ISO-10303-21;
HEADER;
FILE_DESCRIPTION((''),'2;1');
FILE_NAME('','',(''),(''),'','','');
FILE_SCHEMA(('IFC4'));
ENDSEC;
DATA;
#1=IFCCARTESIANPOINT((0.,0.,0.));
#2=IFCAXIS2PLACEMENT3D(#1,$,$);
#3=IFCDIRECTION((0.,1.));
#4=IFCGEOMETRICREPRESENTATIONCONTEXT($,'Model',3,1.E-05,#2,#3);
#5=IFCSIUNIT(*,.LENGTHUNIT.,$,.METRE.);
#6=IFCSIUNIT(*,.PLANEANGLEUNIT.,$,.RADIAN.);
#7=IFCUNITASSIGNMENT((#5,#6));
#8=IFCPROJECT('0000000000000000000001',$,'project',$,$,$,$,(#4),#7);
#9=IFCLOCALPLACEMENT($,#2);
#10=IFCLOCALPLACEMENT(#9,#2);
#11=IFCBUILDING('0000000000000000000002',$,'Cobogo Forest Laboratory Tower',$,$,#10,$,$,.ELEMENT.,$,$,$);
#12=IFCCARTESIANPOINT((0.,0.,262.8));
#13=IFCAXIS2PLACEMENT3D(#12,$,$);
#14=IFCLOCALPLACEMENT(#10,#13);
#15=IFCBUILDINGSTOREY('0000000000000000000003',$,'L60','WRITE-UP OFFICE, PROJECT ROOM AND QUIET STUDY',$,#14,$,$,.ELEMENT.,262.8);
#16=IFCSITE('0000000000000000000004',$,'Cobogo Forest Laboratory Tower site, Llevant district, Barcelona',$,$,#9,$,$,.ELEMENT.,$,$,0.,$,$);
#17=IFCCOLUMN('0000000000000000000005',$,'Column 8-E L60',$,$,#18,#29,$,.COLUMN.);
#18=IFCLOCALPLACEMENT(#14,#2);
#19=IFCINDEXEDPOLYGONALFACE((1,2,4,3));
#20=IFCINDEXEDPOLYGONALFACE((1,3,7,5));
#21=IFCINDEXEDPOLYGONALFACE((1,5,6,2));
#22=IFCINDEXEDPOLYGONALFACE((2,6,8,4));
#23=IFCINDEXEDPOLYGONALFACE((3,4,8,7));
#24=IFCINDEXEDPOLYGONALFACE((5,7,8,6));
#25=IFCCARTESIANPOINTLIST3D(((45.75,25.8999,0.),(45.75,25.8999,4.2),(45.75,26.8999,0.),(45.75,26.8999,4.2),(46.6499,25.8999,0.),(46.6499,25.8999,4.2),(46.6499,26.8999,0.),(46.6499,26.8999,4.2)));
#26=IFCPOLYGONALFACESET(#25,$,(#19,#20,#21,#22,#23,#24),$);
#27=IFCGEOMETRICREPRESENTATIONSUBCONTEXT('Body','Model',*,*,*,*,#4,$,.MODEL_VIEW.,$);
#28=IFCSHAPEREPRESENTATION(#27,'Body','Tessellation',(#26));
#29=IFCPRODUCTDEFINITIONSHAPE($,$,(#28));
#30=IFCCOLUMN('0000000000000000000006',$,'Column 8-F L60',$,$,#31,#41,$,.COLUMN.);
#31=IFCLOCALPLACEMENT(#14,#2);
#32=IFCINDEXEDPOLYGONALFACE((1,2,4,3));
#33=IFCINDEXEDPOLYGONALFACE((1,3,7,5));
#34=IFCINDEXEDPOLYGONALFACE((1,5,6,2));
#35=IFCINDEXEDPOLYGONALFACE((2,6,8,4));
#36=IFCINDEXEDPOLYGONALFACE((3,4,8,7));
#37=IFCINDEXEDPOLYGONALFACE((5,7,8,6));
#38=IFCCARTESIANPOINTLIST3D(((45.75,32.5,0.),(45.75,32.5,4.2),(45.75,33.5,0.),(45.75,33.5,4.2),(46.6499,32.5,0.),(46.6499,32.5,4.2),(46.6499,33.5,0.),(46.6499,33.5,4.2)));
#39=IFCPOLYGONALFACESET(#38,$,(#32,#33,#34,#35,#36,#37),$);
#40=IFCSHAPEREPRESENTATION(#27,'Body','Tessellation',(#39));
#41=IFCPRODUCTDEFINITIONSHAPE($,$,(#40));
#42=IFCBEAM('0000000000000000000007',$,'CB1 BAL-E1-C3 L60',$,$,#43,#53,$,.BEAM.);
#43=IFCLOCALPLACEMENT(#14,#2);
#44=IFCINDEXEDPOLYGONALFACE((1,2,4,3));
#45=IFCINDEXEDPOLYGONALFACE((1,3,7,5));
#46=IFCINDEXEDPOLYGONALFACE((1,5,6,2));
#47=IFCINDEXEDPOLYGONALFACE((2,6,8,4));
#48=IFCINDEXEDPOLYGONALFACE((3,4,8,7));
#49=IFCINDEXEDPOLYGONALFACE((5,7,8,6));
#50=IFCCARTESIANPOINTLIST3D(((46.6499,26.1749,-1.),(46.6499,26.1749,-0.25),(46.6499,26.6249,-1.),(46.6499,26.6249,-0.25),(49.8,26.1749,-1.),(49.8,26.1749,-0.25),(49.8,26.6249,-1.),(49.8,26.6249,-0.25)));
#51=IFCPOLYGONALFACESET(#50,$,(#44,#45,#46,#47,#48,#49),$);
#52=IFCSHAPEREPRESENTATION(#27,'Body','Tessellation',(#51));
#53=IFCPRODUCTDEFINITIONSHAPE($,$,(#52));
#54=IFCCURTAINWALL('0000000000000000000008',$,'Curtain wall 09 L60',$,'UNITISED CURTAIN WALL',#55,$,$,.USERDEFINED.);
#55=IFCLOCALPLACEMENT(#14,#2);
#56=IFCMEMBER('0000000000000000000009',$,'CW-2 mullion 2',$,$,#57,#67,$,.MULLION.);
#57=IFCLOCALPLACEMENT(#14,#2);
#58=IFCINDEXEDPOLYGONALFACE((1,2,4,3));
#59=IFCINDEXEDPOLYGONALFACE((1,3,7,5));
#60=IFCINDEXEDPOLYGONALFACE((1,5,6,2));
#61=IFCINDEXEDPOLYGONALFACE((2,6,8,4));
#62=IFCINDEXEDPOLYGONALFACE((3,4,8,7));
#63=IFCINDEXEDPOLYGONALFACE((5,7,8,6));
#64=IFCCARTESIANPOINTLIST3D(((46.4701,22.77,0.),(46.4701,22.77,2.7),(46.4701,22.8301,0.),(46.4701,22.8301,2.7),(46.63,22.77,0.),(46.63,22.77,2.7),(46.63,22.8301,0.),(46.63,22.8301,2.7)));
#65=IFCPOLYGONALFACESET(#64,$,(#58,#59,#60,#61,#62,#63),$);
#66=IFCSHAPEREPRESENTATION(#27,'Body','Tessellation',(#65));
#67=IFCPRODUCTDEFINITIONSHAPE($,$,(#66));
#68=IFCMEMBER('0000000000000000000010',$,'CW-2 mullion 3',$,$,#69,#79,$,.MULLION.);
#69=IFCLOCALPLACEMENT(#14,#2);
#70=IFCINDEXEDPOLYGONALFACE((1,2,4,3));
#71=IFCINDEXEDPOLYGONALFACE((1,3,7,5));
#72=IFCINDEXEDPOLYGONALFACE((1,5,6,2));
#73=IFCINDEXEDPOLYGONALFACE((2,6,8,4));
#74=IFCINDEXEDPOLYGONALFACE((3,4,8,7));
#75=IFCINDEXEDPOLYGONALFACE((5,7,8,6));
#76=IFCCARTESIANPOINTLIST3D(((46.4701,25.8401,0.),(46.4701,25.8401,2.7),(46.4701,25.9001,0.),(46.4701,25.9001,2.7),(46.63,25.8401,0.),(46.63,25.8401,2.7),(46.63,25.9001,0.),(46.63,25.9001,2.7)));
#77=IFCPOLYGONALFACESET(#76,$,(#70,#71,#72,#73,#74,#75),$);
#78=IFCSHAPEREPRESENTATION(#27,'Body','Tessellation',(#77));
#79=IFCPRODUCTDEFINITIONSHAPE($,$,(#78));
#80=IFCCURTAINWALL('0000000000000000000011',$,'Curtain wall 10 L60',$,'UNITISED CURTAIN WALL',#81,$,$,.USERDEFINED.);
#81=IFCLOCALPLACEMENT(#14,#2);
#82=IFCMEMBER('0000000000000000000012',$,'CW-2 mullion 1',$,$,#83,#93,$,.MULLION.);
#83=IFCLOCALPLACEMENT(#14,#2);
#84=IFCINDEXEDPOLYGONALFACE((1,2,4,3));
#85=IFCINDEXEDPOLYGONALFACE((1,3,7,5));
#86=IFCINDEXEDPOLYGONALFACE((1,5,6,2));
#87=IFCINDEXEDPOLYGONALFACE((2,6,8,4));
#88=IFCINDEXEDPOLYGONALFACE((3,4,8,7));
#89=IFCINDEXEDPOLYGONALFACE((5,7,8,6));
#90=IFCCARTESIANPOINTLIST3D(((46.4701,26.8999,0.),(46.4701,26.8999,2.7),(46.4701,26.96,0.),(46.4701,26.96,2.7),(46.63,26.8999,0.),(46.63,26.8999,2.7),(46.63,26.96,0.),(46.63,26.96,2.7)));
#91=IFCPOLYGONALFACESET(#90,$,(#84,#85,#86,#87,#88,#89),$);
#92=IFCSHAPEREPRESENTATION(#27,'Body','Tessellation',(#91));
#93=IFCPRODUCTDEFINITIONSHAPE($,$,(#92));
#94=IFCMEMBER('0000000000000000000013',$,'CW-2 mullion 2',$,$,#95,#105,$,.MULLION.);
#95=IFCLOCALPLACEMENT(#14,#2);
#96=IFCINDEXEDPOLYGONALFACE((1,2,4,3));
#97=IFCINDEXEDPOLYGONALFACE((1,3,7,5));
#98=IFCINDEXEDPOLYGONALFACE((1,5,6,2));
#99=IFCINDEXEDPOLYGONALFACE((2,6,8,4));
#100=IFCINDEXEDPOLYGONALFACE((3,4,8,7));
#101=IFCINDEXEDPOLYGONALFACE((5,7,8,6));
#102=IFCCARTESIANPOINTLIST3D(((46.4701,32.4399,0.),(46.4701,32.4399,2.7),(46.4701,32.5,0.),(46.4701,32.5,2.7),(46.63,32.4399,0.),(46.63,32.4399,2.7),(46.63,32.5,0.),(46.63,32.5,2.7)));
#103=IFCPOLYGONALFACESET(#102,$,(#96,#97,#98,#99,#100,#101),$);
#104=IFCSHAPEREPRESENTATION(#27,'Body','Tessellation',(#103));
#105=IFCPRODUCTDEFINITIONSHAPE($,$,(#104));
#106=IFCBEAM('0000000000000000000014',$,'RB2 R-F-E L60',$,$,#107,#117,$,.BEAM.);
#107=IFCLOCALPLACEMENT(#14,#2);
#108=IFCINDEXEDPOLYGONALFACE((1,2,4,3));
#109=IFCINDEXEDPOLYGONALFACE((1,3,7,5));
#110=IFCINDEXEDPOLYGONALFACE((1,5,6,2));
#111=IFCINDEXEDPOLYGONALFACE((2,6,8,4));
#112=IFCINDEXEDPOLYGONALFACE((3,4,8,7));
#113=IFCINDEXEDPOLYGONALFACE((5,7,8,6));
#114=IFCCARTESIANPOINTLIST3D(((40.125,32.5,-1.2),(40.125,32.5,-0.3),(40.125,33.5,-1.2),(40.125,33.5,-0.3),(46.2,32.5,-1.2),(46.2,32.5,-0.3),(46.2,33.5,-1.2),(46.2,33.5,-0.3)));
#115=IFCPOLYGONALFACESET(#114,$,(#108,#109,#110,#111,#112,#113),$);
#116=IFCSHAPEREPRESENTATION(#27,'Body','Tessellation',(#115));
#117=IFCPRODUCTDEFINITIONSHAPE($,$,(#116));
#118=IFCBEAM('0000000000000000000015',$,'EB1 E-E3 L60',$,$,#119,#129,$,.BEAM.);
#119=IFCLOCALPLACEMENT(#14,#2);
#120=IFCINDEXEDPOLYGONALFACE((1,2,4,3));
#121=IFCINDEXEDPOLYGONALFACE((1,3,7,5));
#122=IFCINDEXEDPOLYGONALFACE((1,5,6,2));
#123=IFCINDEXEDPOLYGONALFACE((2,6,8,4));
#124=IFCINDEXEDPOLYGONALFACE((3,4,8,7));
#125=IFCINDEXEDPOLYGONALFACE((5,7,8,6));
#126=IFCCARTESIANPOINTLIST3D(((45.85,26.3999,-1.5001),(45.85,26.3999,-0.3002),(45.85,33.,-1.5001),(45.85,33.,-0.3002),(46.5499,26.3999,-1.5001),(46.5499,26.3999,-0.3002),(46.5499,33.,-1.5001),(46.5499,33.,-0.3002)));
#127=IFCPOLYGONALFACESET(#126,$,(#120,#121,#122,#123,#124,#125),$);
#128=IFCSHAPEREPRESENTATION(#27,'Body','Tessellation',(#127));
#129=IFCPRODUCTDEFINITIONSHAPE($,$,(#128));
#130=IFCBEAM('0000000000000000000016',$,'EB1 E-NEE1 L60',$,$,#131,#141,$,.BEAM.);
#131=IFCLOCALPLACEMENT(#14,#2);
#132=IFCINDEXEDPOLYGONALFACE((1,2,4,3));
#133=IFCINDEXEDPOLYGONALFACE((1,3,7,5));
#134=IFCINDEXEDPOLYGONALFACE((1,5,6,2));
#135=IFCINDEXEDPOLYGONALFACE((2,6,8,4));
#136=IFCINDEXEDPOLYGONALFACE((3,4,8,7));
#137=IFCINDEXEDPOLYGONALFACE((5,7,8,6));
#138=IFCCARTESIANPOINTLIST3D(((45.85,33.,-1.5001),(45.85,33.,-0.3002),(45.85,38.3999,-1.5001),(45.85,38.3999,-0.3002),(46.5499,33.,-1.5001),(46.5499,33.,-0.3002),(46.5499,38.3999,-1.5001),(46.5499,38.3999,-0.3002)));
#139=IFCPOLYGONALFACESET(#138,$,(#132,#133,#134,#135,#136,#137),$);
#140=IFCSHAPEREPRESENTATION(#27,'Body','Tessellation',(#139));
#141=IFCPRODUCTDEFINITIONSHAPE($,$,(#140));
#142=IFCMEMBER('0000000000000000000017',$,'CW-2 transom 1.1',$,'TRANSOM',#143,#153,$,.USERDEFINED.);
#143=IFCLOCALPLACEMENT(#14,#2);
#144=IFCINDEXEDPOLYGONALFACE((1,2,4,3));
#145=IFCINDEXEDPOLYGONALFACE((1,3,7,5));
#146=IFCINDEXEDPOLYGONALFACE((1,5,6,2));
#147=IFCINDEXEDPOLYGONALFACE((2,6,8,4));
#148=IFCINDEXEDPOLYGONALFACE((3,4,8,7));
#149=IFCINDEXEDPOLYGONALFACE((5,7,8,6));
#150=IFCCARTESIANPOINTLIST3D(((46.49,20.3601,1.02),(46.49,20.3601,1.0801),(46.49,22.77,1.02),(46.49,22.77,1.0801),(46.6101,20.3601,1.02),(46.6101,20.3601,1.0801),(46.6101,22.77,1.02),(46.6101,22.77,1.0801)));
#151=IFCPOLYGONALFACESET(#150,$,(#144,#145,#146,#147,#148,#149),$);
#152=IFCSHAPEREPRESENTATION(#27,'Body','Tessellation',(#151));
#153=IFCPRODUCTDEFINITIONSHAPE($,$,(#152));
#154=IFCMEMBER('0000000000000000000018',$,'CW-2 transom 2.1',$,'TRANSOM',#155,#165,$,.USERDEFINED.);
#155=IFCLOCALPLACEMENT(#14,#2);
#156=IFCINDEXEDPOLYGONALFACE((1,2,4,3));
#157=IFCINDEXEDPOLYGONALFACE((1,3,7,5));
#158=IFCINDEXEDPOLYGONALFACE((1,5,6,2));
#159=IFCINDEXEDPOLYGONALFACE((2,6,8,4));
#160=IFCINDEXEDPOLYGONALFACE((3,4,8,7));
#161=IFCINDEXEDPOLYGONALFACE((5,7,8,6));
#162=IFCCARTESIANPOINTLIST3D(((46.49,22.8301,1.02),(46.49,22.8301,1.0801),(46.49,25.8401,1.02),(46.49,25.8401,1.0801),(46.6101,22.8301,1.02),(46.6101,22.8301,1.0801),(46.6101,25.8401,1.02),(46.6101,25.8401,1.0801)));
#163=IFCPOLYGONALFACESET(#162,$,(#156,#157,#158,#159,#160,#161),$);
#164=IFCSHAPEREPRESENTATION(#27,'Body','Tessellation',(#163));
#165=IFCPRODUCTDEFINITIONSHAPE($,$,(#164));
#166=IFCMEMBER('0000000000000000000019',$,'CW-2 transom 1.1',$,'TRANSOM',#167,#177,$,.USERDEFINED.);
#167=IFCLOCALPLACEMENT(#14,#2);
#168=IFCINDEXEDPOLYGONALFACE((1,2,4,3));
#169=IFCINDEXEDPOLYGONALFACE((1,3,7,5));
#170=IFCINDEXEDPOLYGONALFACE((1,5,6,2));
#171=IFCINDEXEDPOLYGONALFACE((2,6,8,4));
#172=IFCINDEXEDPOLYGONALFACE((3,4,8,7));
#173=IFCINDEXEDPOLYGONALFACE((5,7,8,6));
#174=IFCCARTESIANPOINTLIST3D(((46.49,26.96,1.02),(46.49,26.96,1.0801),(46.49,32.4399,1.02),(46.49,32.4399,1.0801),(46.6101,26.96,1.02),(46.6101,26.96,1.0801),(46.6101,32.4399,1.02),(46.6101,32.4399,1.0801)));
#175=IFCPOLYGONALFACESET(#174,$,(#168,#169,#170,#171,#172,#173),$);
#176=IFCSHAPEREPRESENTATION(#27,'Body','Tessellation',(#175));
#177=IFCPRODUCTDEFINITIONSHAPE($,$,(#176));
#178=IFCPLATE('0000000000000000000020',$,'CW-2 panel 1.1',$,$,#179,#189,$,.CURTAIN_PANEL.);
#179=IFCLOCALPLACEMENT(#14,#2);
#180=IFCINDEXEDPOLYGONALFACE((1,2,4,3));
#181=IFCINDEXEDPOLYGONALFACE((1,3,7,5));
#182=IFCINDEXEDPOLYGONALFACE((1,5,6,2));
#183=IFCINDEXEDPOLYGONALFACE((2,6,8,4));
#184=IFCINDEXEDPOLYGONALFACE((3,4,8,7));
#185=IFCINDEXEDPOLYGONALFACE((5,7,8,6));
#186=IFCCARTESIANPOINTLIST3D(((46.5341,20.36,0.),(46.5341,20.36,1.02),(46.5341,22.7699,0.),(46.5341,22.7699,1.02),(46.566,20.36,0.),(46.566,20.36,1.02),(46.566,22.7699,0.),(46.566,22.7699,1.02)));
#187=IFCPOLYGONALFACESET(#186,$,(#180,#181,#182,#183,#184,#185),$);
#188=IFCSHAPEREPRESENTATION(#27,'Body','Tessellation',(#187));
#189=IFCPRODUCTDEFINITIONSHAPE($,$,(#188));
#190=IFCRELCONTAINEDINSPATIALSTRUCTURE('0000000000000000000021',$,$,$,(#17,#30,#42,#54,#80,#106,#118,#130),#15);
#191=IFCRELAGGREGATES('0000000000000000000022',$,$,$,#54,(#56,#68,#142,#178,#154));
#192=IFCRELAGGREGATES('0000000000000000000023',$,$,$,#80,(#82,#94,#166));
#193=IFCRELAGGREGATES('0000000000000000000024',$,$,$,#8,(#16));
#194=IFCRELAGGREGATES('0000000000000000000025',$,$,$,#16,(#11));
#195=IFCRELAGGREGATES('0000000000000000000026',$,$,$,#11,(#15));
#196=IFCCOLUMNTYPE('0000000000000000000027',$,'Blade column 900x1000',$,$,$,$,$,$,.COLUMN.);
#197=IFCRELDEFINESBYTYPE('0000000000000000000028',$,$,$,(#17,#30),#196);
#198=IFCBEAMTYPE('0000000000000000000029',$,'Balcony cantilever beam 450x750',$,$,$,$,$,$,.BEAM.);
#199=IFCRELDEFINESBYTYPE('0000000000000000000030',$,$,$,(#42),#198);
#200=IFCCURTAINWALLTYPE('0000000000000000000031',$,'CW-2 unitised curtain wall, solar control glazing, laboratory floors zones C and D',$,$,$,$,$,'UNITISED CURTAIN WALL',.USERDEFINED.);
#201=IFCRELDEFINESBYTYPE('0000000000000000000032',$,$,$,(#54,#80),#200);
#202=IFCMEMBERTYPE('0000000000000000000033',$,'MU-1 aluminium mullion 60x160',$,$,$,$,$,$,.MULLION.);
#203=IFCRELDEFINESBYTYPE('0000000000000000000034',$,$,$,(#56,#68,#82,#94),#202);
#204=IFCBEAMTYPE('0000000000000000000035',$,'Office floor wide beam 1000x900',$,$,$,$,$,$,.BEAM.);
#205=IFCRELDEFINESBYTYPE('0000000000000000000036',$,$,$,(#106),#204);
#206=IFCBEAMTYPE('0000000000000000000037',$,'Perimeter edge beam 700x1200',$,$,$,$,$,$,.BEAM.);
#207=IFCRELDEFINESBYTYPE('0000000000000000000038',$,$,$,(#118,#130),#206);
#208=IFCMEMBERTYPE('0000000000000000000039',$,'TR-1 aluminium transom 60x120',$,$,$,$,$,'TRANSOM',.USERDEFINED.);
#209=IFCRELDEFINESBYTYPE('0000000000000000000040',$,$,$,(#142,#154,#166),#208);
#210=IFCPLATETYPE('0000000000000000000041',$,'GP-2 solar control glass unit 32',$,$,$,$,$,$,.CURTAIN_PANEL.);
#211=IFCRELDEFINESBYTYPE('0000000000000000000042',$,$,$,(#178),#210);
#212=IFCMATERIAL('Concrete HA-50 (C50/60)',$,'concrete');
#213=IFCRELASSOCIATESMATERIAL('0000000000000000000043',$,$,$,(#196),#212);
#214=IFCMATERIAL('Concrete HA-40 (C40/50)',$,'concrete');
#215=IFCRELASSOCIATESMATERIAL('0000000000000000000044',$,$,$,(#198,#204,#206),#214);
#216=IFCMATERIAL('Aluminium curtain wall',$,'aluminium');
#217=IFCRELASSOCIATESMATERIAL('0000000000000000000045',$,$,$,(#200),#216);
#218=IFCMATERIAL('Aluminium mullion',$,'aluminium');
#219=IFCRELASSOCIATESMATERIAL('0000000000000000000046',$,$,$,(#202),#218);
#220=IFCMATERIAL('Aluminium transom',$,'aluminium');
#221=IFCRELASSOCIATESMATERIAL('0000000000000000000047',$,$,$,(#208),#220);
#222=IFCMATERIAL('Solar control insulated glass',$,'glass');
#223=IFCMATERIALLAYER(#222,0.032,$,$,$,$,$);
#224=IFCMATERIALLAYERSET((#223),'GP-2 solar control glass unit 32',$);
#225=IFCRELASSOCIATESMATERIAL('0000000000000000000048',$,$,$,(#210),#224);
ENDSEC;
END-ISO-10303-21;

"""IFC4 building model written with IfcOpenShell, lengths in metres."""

from ifc_helpers import new_model, si_unit, direction, frame, origin, origin_2d, place, context, subcontext, project, spatial, rectangle, extrude, material, layer, layer_set, material_profile, profile_set, type_object, element, aggregate, save


model = new_model("IFC4")

# Units and contexts
model_context = context("Model", 3, precision=1e-05, world=origin(), true_north=direction((0.0, 1.0)))
body_context = subcontext(model_context, "Body", "Model", "MODEL_VIEW")
ifc_project = project(units=[si_unit("LENGTHUNIT", "METRE"), si_unit("PLANEANGLEUNIT", "RADIAN")], contexts=[model_context])

# Site, building, storey
site_placement = place(None, origin())
site = spatial("IfcSite", under=ifc_project, at=site_placement, Name="Cobogo Forest Laboratory Tower site, Llevant district, Barcelona", CompositionType="ELEMENT", RefElevation=0.0)
building_placement = place(site_placement, origin())
building = spatial("IfcBuilding", under=site, at=building_placement, Name="Cobogo Forest Laboratory Tower", CompositionType="ELEMENT")
storey_placement = place(building_placement, frame((0.0, 0.0, 262.8)))
storey = spatial("IfcBuildingStorey", under=building, at=storey_placement, Name="L60", Description="WRITE-UP OFFICE, PROJECT ROOM AND QUIET STUDY", CompositionType="ELEMENT", Elevation=262.8)

# Columns
ifc_material_1 = material(Name="Concrete HA-50 (C50/60)", Category="concrete")
ifc_material_profile_1 = material_profile(ifc_material_1, rectangle(XDim=1.0, YDim=0.8999, at=origin_2d()), Name="RC 900x1000")
ifc_profile_set_1 = profile_set([ifc_material_profile_1], Name="Concrete HA-50 (C50/60)")
column_type = type_object("IfcColumnType", Name="Blade column 900x1000", PredefinedType="COLUMN", material=ifc_profile_set_1)
for number, where, z_axis, x_axis, name in (
    (1, (46.2, 26.3999, 0.0), (0.0, 0.0, 1.0), (0.0, 1.0, 0.0), "Column 8-E L60"),
    (2, (46.2, 33.0, 0.0), (0.0, 0.0, 1.0), (0.0, 1.0, 0.0), "Column 8-F L60"),
):
    element("IfcColumn", number, at=place(storey_placement, frame(where, z_axis=z_axis, x_axis=x_axis)), inside=storey, type_object=column_type, Name=name, PredefinedType="COLUMN", context=body_context, shape_type="SweptSolid", body=[
        extrude(rectangle(XDim=1.0, YDim=0.8999, at=origin_2d()), origin(), (0.0, 0.0, 1.0), 4.2),
    ])

# Beam
ifc_material_2 = material(Name="Concrete HA-40 (C40/50)", Category="concrete")
ifc_material_profile_2 = material_profile(ifc_material_2, rectangle(XDim=0.45, YDim=0.75, at=origin_2d()), Name="RC 450x750")
ifc_profile_set_2 = profile_set([ifc_material_profile_2], Name="Concrete HA-40 (C40/50)")
beam_type_1 = type_object("IfcBeamType", Name="Balcony cantilever beam 450x750", PredefinedType="BEAM", material=ifc_profile_set_2)
beam_1_placement = place(storey_placement, frame((46.6499, 26.3999, -0.625), z_axis=(1.0, 0.0, 0.0), x_axis=(0.0, 1.0, 0.0)))
element("IfcBeam", 3, at=beam_1_placement, inside=storey, type_object=beam_type_1, Name="CB1 BAL-E1-C3 L60", PredefinedType="BEAM", context=body_context, shape_type="SweptSolid", body=[
    extrude(rectangle(XDim=0.45, YDim=0.75, at=origin_2d()), origin(), (0.0, 0.0, 1.0), 3.1501),
])

# Curtain walls, members
ifc_material_3 = material(Name="Aluminium curtain wall", Category="aluminium")
curtain_wall_type = type_object("IfcCurtainWallType", Name="CW-2 unitised curtain wall, solar control glazing, laboratory floors zones C and D", ElementType="UNITISED CURTAIN WALL", PredefinedType="USERDEFINED", material=ifc_material_3)
curtain_wall_1_placement = place(storey_placement, origin())
curtain_wall_1 = element("IfcCurtainWall", 4, at=curtain_wall_1_placement, inside=storey, type_object=curtain_wall_type, Name="Curtain wall 09 L60", ObjectType="UNITISED CURTAIN WALL", PredefinedType="USERDEFINED")
ifc_material_4 = material(Name="Aluminium mullion", Category="aluminium")
ifc_material_profile_3 = material_profile(ifc_material_4, rectangle(XDim=0.0601, YDim=0.1599, at=origin_2d()), Name="AL 60x160")
ifc_profile_set_3 = profile_set([ifc_material_profile_3], Name="Aluminium mullion")
member_type_1 = type_object("IfcMemberType", Name="MU-1 aluminium mullion 60x160", PredefinedType="MULLION", material=ifc_profile_set_3)
member_1_placement = place(storey_placement, frame((46.55, 22.8, 0.0), z_axis=(0.0, 0.0, 1.0), x_axis=(0.0, 1.0, 0.0)))
member_1 = element("IfcMember", 5, at=member_1_placement, type_object=member_type_1, Name="CW-2 mullion 2", PredefinedType="MULLION", context=body_context, shape_type="SweptSolid", body=[
    extrude(rectangle(XDim=0.0601, YDim=0.1599, at=origin_2d()), origin(), (0.0, 0.0, 1.0), 2.7),
])
member_2_placement = place(storey_placement, frame((46.55, 25.8701, 0.0), z_axis=(0.0, 0.0, 1.0), x_axis=(0.0, 1.0, 0.0)))
member_2 = element("IfcMember", 6, at=member_2_placement, type_object=member_type_1, Name="CW-2 mullion 3", PredefinedType="MULLION", context=body_context, shape_type="SweptSolid", body=[
    extrude(rectangle(XDim=0.0601, YDim=0.1599, at=origin_2d()), origin(), (0.0, 0.0, 1.0), 2.7),
])
curtain_wall_2_placement = place(storey_placement, origin())
curtain_wall_2 = element("IfcCurtainWall", 7, at=curtain_wall_2_placement, inside=storey, type_object=curtain_wall_type, Name="Curtain wall 10 L60", ObjectType="UNITISED CURTAIN WALL", PredefinedType="USERDEFINED")
member_3_placement = place(storey_placement, frame((46.55, 26.9299, 0.0), z_axis=(0.0, 0.0, 1.0), x_axis=(0.0, 1.0, 0.0)))
member_3 = element("IfcMember", 8, at=member_3_placement, type_object=member_type_1, Name="CW-2 mullion 1", PredefinedType="MULLION", context=body_context, shape_type="SweptSolid", body=[
    extrude(rectangle(XDim=0.0601, YDim=0.1599, at=origin_2d()), origin(), (0.0, 0.0, 1.0), 2.7),
])
member_4_placement = place(storey_placement, frame((46.55, 32.47, 0.0), z_axis=(0.0, 0.0, 1.0), x_axis=(0.0, 1.0, 0.0)))
member_4 = element("IfcMember", 9, at=member_4_placement, type_object=member_type_1, Name="CW-2 mullion 2", PredefinedType="MULLION", context=body_context, shape_type="SweptSolid", body=[
    extrude(rectangle(XDim=0.0601, YDim=0.1599, at=origin_2d()), origin(), (0.0, 0.0, 1.0), 2.7),
])

# Beams
ifc_material_profile_4 = material_profile(ifc_material_2, rectangle(XDim=1.0, YDim=0.8999, at=origin_2d()), Name="RC 1000x900")
ifc_profile_set_4 = profile_set([ifc_material_profile_4], Name="Concrete HA-40 (C40/50)")
beam_type_2 = type_object("IfcBeamType", Name="Office floor wide beam 1000x900", PredefinedType="BEAM", material=ifc_profile_set_4)
beam_2_placement = place(storey_placement, frame((40.125, 33.0, -0.75), z_axis=(1.0, 0.0, 0.0), x_axis=(0.0, 1.0, 0.0)))
element("IfcBeam", 10, at=beam_2_placement, inside=storey, type_object=beam_type_2, Name="RB2 R-F-E L60", PredefinedType="BEAM", context=body_context, shape_type="SweptSolid", body=[
    extrude(rectangle(XDim=1.0, YDim=0.8999, at=origin_2d()), origin(), (0.0, 0.0, 1.0), 6.075),
])
ifc_material_profile_5 = material_profile(ifc_material_2, rectangle(XDim=0.7, YDim=1.2, at=origin_2d()), Name="RC 700x1200")
ifc_profile_set_5 = profile_set([ifc_material_profile_5], Name="Concrete HA-40 (C40/50)")
beam_type_3 = type_object("IfcBeamType", Name="Perimeter edge beam 700x1200", PredefinedType="BEAM", material=ifc_profile_set_5)
beam_3_placement = place(storey_placement, frame((46.2, 26.3999, -0.9001), z_axis=(0.0, 1.0, 0.0), x_axis=(-1.0, 0.0, 0.0)))
element("IfcBeam", 11, at=beam_3_placement, inside=storey, type_object=beam_type_3, Name="EB1 E-E3 L60", PredefinedType="BEAM", context=body_context, shape_type="SweptSolid", body=[
    extrude(rectangle(XDim=0.7, YDim=1.2, at=origin_2d()), origin(), (0.0, 0.0, 1.0), 6.6001),
])
beam_4_placement = place(storey_placement, frame((46.2, 33.0, -0.9001), z_axis=(0.0, 1.0, 0.0), x_axis=(-1.0, 0.0, 0.0)))
element("IfcBeam", 12, at=beam_4_placement, inside=storey, type_object=beam_type_3, Name="EB1 E-NEE1 L60", PredefinedType="BEAM", context=body_context, shape_type="SweptSolid", body=[
    extrude(rectangle(XDim=0.7, YDim=1.2, at=origin_2d()), origin(), (0.0, 0.0, 1.0), 5.3999),
])

# Members
ifc_material_5 = material(Name="Aluminium transom", Category="aluminium")
ifc_material_profile_6 = material_profile(ifc_material_5, rectangle(XDim=0.1201, YDim=0.0601, at=origin_2d()), Name="AL 60x120")
ifc_profile_set_6 = profile_set([ifc_material_profile_6], Name="Aluminium transom")
member_type_2 = type_object("IfcMemberType", Name="TR-1 aluminium transom 60x120", ElementType="TRANSOM", PredefinedType="USERDEFINED", material=ifc_profile_set_6)
member_5_placement = place(storey_placement, frame((46.55, 20.3601, 1.05), z_axis=(0.0, 1.0, 0.0), x_axis=(-1.0, 0.0, 0.0)))
member_5 = element("IfcMember", 13, at=member_5_placement, type_object=member_type_2, Name="CW-2 transom 1.1", ObjectType="TRANSOM", PredefinedType="USERDEFINED", context=body_context, shape_type="SweptSolid", body=[
    extrude(rectangle(XDim=0.1201, YDim=0.0601, at=origin_2d()), origin(), (0.0, 0.0, 1.0), 2.4099),
])
member_6_placement = place(storey_placement, frame((46.55, 22.8301, 1.05), z_axis=(0.0, 1.0, 0.0), x_axis=(-1.0, 0.0, 0.0)))
member_6 = element("IfcMember", 14, at=member_6_placement, type_object=member_type_2, Name="CW-2 transom 2.1", ObjectType="TRANSOM", PredefinedType="USERDEFINED", context=body_context, shape_type="SweptSolid", body=[
    extrude(rectangle(XDim=0.1201, YDim=0.0601, at=origin_2d()), origin(), (0.0, 0.0, 1.0), 3.01),
])
member_7_placement = place(storey_placement, frame((46.55, 26.96, 1.05), z_axis=(0.0, 1.0, 0.0), x_axis=(-1.0, 0.0, 0.0)))
member_7 = element("IfcMember", 15, at=member_7_placement, type_object=member_type_2, Name="CW-2 transom 1.1", ObjectType="TRANSOM", PredefinedType="USERDEFINED", context=body_context, shape_type="SweptSolid", body=[
    extrude(rectangle(XDim=0.1201, YDim=0.0601, at=origin_2d()), origin(), (0.0, 0.0, 1.0), 5.48),
])

# Plate
ifc_material_6 = material(Name="Solar control insulated glass", Category="glass")
ifc_layer_1 = layer(ifc_material_6, 0.032)
ifc_layer_set_1 = layer_set([ifc_layer_1], Name="GP-2 solar control glass unit 32")
plate_type_1 = type_object("IfcPlateType", Name="GP-2 solar control glass unit 32", PredefinedType="CURTAIN_PANEL", material=ifc_layer_set_1)
plate_1_placement = place(storey_placement, frame((46.55, 21.5649, 0.0), z_axis=(0.0, 0.0, 1.0), x_axis=(0.0, 1.0, 0.0)))
plate_1 = element("IfcPlate", 16, at=plate_1_placement, type_object=plate_type_1, Name="CW-2 panel 1.1", PredefinedType="CURTAIN_PANEL", context=body_context, shape_type="SweptSolid", body=[
    extrude(rectangle(XDim=2.4099, YDim=0.032, at=origin_2d()), origin(), (0.0, 0.0, 1.0), 1.02),
])
aggregate(curtain_wall_1, [member_1, member_2, member_5, plate_1, member_6])
aggregate(curtain_wall_2, [member_3, member_4, member_7])

save(model, "model.ifc")
